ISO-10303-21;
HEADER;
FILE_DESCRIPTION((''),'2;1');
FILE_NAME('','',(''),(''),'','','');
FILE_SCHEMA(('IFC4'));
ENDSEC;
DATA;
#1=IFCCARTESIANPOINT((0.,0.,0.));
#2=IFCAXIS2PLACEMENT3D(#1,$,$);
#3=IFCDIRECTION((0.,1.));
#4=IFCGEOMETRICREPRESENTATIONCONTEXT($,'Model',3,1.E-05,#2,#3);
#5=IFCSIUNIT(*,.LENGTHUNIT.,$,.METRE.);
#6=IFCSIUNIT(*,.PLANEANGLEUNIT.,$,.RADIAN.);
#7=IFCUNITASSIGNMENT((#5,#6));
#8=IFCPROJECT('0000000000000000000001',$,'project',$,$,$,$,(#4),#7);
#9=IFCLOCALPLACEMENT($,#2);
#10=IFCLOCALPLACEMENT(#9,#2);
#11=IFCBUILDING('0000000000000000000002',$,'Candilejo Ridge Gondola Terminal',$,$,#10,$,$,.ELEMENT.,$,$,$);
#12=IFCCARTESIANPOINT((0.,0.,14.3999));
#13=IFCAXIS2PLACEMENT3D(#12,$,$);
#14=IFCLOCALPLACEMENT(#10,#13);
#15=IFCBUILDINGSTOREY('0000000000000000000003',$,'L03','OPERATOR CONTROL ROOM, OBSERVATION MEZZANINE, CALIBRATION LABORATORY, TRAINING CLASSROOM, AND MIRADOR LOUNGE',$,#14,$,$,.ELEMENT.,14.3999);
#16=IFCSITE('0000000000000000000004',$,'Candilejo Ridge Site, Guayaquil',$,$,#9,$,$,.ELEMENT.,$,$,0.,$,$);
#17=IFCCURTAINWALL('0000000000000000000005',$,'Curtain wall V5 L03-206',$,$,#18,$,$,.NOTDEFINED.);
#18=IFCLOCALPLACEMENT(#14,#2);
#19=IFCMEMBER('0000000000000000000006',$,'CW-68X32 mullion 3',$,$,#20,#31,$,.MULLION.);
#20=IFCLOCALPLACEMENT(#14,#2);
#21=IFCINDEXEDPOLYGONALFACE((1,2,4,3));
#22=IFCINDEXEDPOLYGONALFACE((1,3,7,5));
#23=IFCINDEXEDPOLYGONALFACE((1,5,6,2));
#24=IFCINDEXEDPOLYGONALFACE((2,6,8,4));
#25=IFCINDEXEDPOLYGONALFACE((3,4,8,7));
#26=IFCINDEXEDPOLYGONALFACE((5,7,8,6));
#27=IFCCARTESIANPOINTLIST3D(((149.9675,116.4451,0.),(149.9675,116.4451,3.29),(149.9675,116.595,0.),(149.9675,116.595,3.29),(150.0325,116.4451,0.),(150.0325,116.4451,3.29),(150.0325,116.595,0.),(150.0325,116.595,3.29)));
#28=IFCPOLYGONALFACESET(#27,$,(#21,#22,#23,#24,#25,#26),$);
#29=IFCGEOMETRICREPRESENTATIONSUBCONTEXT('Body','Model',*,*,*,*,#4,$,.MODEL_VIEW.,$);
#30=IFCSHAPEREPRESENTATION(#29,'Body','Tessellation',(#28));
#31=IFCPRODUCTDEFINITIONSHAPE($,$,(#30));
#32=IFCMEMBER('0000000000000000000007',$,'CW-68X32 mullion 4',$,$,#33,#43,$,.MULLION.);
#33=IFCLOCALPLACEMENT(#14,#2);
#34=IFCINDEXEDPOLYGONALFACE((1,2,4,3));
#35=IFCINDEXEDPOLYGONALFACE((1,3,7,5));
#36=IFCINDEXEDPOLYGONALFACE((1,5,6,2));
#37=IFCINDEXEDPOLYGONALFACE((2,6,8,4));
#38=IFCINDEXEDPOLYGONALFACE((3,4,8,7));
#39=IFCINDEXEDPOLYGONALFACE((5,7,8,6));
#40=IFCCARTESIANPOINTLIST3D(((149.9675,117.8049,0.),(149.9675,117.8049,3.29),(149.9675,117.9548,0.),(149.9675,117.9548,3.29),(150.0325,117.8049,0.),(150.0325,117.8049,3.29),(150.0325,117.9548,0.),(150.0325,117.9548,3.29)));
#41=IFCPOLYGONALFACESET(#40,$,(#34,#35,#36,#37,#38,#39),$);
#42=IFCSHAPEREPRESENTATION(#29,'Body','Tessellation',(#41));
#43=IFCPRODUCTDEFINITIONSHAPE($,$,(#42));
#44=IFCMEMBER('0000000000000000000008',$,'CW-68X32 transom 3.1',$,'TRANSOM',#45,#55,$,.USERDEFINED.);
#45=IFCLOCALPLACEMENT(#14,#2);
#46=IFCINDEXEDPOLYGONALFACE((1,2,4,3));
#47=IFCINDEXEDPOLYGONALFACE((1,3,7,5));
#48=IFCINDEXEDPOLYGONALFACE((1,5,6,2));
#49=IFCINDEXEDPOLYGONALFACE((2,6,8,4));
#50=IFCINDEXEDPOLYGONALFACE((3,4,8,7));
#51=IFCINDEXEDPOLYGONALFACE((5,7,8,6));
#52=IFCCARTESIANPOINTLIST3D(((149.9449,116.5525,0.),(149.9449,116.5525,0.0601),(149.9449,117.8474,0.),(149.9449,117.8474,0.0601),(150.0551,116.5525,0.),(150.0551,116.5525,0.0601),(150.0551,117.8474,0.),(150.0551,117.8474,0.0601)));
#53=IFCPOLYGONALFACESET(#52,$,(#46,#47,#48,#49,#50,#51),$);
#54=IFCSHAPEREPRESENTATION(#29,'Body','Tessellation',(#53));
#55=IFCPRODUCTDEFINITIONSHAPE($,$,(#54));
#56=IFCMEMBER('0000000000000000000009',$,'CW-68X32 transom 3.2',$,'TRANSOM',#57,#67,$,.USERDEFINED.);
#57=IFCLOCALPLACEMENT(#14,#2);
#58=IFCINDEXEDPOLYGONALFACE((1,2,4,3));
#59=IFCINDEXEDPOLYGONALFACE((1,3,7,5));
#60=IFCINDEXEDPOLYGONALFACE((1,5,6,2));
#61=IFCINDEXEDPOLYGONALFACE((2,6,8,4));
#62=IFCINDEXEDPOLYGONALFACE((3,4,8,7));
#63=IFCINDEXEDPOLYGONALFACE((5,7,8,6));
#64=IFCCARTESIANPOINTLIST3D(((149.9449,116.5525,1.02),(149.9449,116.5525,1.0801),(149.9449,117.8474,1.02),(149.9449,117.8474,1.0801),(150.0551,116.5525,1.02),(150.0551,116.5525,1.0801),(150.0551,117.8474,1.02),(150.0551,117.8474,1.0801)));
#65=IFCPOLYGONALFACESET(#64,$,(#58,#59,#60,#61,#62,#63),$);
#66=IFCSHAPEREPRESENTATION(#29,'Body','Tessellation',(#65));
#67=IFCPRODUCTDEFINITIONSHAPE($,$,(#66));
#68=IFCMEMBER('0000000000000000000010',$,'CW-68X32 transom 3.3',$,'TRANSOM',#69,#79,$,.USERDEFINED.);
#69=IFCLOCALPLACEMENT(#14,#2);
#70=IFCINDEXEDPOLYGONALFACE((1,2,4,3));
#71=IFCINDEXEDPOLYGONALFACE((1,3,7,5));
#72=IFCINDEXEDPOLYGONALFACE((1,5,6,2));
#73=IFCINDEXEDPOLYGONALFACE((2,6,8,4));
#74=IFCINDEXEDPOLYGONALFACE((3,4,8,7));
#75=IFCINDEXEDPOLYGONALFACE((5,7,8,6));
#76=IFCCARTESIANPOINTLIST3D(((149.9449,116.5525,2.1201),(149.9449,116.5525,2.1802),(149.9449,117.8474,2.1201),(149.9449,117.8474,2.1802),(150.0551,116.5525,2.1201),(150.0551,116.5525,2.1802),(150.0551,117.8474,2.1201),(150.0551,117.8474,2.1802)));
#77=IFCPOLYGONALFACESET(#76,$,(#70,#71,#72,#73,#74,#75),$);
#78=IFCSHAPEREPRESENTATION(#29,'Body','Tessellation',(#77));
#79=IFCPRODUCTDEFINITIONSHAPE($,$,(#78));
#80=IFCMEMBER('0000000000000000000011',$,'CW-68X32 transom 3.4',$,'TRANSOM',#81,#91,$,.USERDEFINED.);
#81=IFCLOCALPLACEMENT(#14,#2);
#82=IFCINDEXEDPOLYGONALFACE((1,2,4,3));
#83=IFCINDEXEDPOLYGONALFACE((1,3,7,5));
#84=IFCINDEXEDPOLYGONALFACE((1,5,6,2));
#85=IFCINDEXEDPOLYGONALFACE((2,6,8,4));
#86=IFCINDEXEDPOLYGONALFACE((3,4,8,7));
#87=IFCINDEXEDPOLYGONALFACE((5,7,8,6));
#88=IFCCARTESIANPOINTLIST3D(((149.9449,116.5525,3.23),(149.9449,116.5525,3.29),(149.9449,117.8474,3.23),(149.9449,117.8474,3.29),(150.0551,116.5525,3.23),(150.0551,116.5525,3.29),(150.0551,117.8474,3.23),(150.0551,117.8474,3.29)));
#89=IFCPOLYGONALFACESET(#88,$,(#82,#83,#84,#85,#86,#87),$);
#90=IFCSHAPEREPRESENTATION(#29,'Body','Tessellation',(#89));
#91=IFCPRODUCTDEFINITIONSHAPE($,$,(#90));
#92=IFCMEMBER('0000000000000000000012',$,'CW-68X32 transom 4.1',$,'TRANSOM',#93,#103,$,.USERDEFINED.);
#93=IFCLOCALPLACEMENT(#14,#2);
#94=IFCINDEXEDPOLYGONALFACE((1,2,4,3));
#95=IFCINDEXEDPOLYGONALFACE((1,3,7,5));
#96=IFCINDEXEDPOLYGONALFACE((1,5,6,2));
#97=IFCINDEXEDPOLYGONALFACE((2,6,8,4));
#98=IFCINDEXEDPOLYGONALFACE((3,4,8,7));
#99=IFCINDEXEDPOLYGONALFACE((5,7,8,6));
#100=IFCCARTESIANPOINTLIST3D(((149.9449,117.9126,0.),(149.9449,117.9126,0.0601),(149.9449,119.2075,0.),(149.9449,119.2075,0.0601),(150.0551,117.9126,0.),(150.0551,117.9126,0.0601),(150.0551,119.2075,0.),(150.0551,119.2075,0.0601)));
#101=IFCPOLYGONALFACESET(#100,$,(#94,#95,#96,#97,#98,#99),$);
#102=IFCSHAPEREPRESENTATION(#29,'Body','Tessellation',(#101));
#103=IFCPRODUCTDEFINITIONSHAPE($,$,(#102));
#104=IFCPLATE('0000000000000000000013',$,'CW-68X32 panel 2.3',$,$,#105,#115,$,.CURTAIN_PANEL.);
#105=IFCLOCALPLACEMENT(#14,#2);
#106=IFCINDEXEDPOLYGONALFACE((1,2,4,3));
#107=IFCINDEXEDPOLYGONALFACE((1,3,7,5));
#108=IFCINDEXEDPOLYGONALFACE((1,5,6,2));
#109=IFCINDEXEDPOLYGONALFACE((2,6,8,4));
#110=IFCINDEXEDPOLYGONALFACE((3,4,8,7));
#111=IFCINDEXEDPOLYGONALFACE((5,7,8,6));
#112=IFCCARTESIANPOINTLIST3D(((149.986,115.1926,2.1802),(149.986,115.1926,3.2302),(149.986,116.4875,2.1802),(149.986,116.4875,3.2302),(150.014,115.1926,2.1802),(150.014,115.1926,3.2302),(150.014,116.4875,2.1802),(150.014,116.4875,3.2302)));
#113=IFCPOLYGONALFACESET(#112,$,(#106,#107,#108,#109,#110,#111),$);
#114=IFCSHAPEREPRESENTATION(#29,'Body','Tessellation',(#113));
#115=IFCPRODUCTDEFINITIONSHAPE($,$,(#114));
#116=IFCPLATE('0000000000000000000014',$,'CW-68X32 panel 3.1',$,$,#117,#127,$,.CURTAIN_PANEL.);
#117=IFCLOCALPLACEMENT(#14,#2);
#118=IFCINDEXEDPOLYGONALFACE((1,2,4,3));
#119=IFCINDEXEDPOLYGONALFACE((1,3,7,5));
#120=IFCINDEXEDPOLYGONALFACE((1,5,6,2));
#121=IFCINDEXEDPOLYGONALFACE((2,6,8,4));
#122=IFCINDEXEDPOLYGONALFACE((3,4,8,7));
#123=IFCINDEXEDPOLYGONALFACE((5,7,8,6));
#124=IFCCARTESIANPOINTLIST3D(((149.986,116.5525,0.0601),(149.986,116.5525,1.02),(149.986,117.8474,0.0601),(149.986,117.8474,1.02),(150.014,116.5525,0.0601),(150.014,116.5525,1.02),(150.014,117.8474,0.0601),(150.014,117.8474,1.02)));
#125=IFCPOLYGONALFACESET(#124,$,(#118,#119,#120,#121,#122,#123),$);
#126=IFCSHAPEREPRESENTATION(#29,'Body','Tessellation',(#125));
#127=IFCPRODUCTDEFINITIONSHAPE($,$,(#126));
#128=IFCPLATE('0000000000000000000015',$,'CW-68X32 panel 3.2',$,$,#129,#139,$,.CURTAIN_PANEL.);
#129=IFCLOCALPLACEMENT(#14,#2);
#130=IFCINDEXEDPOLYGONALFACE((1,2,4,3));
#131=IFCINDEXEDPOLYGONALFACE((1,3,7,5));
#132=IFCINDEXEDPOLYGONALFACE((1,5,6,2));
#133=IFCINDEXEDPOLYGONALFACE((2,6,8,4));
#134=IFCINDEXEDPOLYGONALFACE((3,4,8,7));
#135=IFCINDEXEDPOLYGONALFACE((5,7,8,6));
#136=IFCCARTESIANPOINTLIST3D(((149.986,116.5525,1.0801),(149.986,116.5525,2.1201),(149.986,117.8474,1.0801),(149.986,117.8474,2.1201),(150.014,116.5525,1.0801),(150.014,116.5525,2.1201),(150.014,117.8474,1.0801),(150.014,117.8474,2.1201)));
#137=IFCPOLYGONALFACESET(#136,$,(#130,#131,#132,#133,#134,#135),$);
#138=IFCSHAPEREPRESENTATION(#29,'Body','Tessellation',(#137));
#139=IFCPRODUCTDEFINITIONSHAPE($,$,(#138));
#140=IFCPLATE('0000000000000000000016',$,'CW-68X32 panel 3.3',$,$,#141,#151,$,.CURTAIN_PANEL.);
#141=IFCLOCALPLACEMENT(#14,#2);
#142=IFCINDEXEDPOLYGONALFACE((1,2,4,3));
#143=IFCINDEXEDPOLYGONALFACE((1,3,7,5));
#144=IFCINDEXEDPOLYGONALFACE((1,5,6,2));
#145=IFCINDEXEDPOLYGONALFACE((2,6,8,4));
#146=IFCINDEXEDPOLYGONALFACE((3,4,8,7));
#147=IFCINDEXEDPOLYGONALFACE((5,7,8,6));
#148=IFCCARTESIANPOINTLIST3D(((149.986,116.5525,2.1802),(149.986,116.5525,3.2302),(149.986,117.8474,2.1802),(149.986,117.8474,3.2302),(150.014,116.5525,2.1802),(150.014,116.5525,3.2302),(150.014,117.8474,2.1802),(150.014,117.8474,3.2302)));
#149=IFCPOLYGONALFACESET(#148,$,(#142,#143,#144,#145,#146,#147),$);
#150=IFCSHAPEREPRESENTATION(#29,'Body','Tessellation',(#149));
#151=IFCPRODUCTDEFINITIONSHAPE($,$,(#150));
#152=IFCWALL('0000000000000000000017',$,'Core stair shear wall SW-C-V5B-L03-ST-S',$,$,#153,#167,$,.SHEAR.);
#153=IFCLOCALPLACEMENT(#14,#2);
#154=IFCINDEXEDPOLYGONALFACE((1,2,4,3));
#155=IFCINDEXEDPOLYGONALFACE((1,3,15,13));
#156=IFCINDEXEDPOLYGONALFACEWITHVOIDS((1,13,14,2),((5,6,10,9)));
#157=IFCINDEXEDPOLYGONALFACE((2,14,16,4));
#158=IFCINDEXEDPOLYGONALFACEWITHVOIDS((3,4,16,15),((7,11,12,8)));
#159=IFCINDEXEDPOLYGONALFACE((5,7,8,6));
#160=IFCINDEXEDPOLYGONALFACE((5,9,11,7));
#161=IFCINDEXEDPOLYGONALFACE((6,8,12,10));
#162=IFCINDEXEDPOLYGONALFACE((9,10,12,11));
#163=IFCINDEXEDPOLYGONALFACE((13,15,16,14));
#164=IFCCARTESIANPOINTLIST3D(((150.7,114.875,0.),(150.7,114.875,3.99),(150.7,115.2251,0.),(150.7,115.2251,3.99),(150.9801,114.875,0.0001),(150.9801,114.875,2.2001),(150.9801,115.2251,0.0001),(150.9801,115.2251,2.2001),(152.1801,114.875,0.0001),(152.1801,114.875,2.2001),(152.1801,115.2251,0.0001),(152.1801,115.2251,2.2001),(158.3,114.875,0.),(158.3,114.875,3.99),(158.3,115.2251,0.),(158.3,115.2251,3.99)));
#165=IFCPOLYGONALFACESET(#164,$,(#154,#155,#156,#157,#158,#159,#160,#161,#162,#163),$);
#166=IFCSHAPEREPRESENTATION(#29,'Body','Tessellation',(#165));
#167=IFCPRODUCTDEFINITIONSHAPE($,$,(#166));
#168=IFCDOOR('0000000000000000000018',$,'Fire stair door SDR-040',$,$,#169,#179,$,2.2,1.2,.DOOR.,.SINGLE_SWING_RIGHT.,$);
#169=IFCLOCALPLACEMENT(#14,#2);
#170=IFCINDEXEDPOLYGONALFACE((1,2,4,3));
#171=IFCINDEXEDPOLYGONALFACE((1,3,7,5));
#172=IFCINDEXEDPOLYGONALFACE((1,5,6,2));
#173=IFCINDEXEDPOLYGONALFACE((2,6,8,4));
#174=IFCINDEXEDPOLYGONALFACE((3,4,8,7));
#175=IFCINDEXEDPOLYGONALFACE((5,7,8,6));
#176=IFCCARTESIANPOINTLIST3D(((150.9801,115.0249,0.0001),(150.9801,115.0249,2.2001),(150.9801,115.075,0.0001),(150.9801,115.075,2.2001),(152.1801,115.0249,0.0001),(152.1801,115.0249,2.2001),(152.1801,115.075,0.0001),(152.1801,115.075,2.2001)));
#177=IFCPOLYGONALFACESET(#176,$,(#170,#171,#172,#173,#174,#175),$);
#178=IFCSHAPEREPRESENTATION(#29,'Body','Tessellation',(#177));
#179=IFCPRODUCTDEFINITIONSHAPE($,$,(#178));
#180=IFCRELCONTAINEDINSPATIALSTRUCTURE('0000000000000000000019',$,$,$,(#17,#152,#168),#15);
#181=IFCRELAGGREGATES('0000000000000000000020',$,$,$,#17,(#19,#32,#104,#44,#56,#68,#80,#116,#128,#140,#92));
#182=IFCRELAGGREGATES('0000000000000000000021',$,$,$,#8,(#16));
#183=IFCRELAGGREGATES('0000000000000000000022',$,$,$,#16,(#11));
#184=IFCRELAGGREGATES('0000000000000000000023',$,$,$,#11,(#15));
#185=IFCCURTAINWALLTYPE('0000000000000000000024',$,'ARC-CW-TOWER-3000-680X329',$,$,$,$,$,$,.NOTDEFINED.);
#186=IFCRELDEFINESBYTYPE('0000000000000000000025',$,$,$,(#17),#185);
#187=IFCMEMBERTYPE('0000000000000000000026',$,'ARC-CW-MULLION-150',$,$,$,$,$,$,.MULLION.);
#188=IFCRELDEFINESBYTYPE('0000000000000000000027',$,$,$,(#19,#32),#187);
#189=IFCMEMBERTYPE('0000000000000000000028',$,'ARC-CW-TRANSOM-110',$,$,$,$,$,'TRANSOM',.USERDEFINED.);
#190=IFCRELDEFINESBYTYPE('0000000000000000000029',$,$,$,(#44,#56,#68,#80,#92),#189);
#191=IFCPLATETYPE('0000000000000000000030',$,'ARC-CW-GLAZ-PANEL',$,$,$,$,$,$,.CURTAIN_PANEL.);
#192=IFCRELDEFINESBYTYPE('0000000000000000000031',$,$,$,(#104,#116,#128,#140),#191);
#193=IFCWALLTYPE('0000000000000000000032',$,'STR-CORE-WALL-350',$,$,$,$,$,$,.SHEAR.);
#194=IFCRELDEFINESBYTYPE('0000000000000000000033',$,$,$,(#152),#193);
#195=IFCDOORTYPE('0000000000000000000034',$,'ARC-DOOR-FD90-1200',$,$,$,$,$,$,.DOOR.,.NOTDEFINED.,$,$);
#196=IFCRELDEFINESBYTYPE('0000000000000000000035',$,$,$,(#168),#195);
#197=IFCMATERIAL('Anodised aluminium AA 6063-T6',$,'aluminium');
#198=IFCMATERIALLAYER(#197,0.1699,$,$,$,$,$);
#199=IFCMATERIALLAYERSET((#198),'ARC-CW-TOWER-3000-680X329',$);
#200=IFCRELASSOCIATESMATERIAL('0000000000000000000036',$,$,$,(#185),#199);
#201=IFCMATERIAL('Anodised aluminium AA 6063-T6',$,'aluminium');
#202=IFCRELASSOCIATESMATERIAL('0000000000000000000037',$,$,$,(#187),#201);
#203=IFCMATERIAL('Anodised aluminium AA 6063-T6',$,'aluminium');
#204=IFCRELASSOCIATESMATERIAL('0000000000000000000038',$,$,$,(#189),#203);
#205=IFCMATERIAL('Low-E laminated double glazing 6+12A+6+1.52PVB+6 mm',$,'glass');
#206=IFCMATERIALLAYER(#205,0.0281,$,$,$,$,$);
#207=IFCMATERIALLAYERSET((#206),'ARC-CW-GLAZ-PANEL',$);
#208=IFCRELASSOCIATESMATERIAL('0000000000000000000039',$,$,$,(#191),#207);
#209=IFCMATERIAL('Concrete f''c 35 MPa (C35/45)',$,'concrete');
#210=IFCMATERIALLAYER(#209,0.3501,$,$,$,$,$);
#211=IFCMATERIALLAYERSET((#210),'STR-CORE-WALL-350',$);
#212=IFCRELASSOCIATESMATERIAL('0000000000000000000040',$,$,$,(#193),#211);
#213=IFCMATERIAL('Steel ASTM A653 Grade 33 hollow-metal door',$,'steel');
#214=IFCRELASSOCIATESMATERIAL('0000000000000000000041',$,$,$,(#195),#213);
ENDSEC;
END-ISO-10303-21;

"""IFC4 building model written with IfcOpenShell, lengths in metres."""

from ifc_helpers import new_model, si_unit, direction, frame, frame_2d, origin, origin_2d, place, context, subcontext, project, spatial, rectangle, extrude, material, layer, layer_set, material_profile, profile_set, type_object, element, fill, aggregate, save


model = new_model("IFC4")

# Units and contexts
model_context = context("Model", 3, precision=1e-05, world=origin(), true_north=direction((0.0, 1.0)))
body_context = subcontext(model_context, "Body", "Model", "MODEL_VIEW")
ifc_project = project(units=[si_unit("LENGTHUNIT", "METRE"), si_unit("PLANEANGLEUNIT", "RADIAN")], contexts=[model_context])

# Site, building, storey
site_placement = place(None, origin())
site = spatial("IfcSite", under=ifc_project, at=site_placement, Name="Candilejo Ridge Site, Guayaquil", CompositionType="ELEMENT", RefElevation=0.0)
building_placement = place(site_placement, origin())
building = spatial("IfcBuilding", under=site, at=building_placement, Name="Candilejo Ridge Gondola Terminal", CompositionType="ELEMENT")
storey_placement = place(building_placement, frame((0.0, 0.0, 14.3999)))
storey = spatial("IfcBuildingStorey", under=building, at=storey_placement, Name="L03", Description="OPERATOR CONTROL ROOM, OBSERVATION MEZZANINE, CALIBRATION LABORATORY, TRAINING CLASSROOM, AND MIRADOR LOUNGE", CompositionType="ELEMENT", Elevation=14.3999)

# Curtain wall, members, plates
ifc_material_1 = material(Name="Anodised aluminium AA 6063-T6", Category="aluminium")
ifc_layer_1 = layer(ifc_material_1, 0.1699)
ifc_layer_set_1 = layer_set([ifc_layer_1], Name="ARC-CW-TOWER-3000-680X329")
curtain_wall_type = type_object("IfcCurtainWallType", Name="ARC-CW-TOWER-3000-680X329", PredefinedType="NOTDEFINED", material=ifc_layer_set_1)
curtain_wall_placement = place(storey_placement, origin())
curtain_wall = element("IfcCurtainWall", 1, at=curtain_wall_placement, inside=storey, type_object=curtain_wall_type, Name="Curtain wall V5 L03-206", PredefinedType="NOTDEFINED")
ifc_material_2 = material(Name="Anodised aluminium AA 6063-T6", Category="aluminium")
ifc_material_profile_1 = material_profile(ifc_material_2, rectangle(XDim=0.0649, YDim=0.1499, at=origin_2d()))
ifc_profile_set_1 = profile_set([ifc_material_profile_1], Name="Anodised aluminium AA 6063-T6")
member_type_1 = type_object("IfcMemberType", Name="ARC-CW-MULLION-150", PredefinedType="MULLION", material=ifc_profile_set_1)
member_1_placement = place(storey_placement, frame((150.0, 116.52, 0.0), z_axis=(0.0, 0.0, 1.0), x_axis=(-1.0, 0.0, 0.0)))
member_1 = element("IfcMember", 2, at=member_1_placement, type_object=member_type_1, Name="CW-68X32 mullion 3", PredefinedType="MULLION", context=body_context, shape_type="SweptSolid", body=[
    extrude(rectangle(XDim=0.0649, YDim=0.1499, at=origin_2d()), origin(), (0.0, 0.0, 1.0), 3.29),
])
member_2_placement = place(storey_placement, frame((150.0, 117.8799, 0.0), z_axis=(0.0, 0.0, 1.0), x_axis=(-1.0, 0.0, 0.0)))
member_2 = element("IfcMember", 3, at=member_2_placement, type_object=member_type_1, Name="CW-68X32 mullion 4", PredefinedType="MULLION", context=body_context, shape_type="SweptSolid", body=[
    extrude(rectangle(XDim=0.0649, YDim=0.1499, at=origin_2d()), origin(), (0.0, 0.0, 1.0), 3.29),
])
ifc_material_3 = material(Name="Anodised aluminium AA 6063-T6", Category="aluminium")
ifc_material_profile_2 = material_profile(ifc_material_3, rectangle(XDim=0.1101, YDim=0.0601, at=origin_2d()))
ifc_profile_set_2 = profile_set([ifc_material_profile_2], Name="Anodised aluminium AA 6063-T6")
member_type_2 = type_object("IfcMemberType", Name="ARC-CW-TRANSOM-110", ElementType="TRANSOM", PredefinedType="USERDEFINED", material=ifc_profile_set_2)
member_3_placement = place(storey_placement, frame((150.0, 116.5525, 0.03), z_axis=(0.0, 1.0, 0.0), x_axis=(-1.0, 0.0, 0.0)))
member_3 = element("IfcMember", 4, at=member_3_placement, type_object=member_type_2, Name="CW-68X32 transom 3.1", ObjectType="TRANSOM", PredefinedType="USERDEFINED", context=body_context, shape_type="SweptSolid", body=[
    extrude(rectangle(XDim=0.1101, YDim=0.0601, at=origin_2d()), origin(), (0.0, 0.0, 1.0), 1.2949),
])
member_4_placement = place(storey_placement, frame((150.0, 116.5525, 1.05), z_axis=(0.0, 1.0, 0.0), x_axis=(-1.0, 0.0, 0.0)))
member_4 = element("IfcMember", 5, at=member_4_placement, type_object=member_type_2, Name="CW-68X32 transom 3.2", ObjectType="TRANSOM", PredefinedType="USERDEFINED", context=body_context, shape_type="SweptSolid", body=[
    extrude(rectangle(XDim=0.1101, YDim=0.0601, at=origin_2d()), origin(), (0.0, 0.0, 1.0), 1.2949),
])
member_5_placement = place(storey_placement, frame((150.0, 116.5525, 2.1501), z_axis=(0.0, 1.0, 0.0), x_axis=(-1.0, 0.0, 0.0)))
member_5 = element("IfcMember", 6, at=member_5_placement, type_object=member_type_2, Name="CW-68X32 transom 3.3", ObjectType="TRANSOM", PredefinedType="USERDEFINED", context=body_context, shape_type="SweptSolid", body=[
    extrude(rectangle(XDim=0.1101, YDim=0.0601, at=origin_2d()), origin(), (0.0, 0.0, 1.0), 1.2949),
])
member_6_placement = place(storey_placement, frame((150.0, 116.5525, 3.26), z_axis=(0.0, 1.0, 0.0), x_axis=(-1.0, 0.0, 0.0)))
member_6 = element("IfcMember", 7, at=member_6_placement, type_object=member_type_2, Name="CW-68X32 transom 3.4", ObjectType="TRANSOM", PredefinedType="USERDEFINED", context=body_context, shape_type="SweptSolid", body=[
    extrude(rectangle(XDim=0.1101, YDim=0.0601, at=origin_2d()), origin(), (0.0, 0.0, 1.0), 1.2949),
])
member_7_placement = place(storey_placement, frame((150.0, 117.9126, 0.03), z_axis=(0.0, 1.0, 0.0), x_axis=(-1.0, 0.0, 0.0)))
member_7 = element("IfcMember", 8, at=member_7_placement, type_object=member_type_2, Name="CW-68X32 transom 4.1", ObjectType="TRANSOM", PredefinedType="USERDEFINED", context=body_context, shape_type="SweptSolid", body=[
    extrude(rectangle(XDim=0.1101, YDim=0.0601, at=origin_2d()), origin(), (0.0, 0.0, 1.0), 1.2949),
])
ifc_material_4 = material(Name="Low-E laminated double glazing 6+12A+6+1.52PVB+6 mm", Category="glass")
ifc_layer_2 = layer(ifc_material_4, 0.0281)
ifc_layer_set_2 = layer_set([ifc_layer_2], Name="ARC-CW-GLAZ-PANEL")
plate_type = type_object("IfcPlateType", Name="ARC-CW-GLAZ-PANEL", PredefinedType="CURTAIN_PANEL", material=ifc_layer_set_2)
plate_1_placement = place(storey_placement, frame((150.0, 115.8401, 2.1802), z_axis=(0.0, 0.0, 1.0), x_axis=(0.0, 1.0, 0.0)))
plate_1 = element("IfcPlate", 9, at=plate_1_placement, type_object=plate_type, Name="CW-68X32 panel 2.3", PredefinedType="CURTAIN_PANEL", context=body_context, shape_type="SweptSolid", body=[
    extrude(rectangle(XDim=1.2949, YDim=0.0281, at=origin_2d()), origin(), (0.0, 0.0, 1.0), 1.05),
])
plate_2_placement = place(storey_placement, frame((150.0, 117.2, 0.0601), z_axis=(0.0, 0.0, 1.0), x_axis=(0.0, 1.0, 0.0)))
plate_2 = element("IfcPlate", 10, at=plate_2_placement, type_object=plate_type, Name="CW-68X32 panel 3.1", PredefinedType="CURTAIN_PANEL", context=body_context, shape_type="SweptSolid", body=[
    extrude(rectangle(XDim=1.2949, YDim=0.0281, at=origin_2d()), origin(), (0.0, 0.0, 1.0), 0.96),
])
plate_3_placement = place(storey_placement, frame((150.0, 117.2, 1.0801), z_axis=(0.0, 0.0, 1.0), x_axis=(0.0, 1.0, 0.0)))
plate_3 = element("IfcPlate", 11, at=plate_3_placement, type_object=plate_type, Name="CW-68X32 panel 3.2", PredefinedType="CURTAIN_PANEL", context=body_context, shape_type="SweptSolid", body=[
    extrude(rectangle(XDim=1.2949, YDim=0.0281, at=origin_2d()), origin(), (0.0, 0.0, 1.0), 1.04),
])
plate_4_placement = place(storey_placement, frame((150.0, 117.2, 2.1802), z_axis=(0.0, 0.0, 1.0), x_axis=(0.0, 1.0, 0.0)))
plate_4 = element("IfcPlate", 12, at=plate_4_placement, type_object=plate_type, Name="CW-68X32 panel 3.3", PredefinedType="CURTAIN_PANEL", context=body_context, shape_type="SweptSolid", body=[
    extrude(rectangle(XDim=1.2949, YDim=0.0281, at=origin_2d()), origin(), (0.0, 0.0, 1.0), 1.05),
])
aggregate(curtain_wall, [member_1, member_2, plate_1, member_3, member_4, member_5, member_6, plate_2, plate_3, plate_4, member_7])

# Wall, opening, door
ifc_material_5 = material(Name="Concrete f'c 35 MPa (C35/45)", Category="concrete")
ifc_layer_3 = layer(ifc_material_5, 0.3501)
ifc_layer_set_3 = layer_set([ifc_layer_3], Name="STR-CORE-WALL-350")
wall_type = type_object("IfcWallType", Name="STR-CORE-WALL-350", PredefinedType="SHEAR", material=ifc_layer_set_3)
wall_1_placement = place(storey_placement, frame((150.7, 115.05, 0.0), z_axis=(0.0, 0.0, 1.0), x_axis=(1.0, 0.0, 0.0)))
wall_1 = element("IfcWall", 13, at=wall_1_placement, inside=storey, type_object=wall_type, Name="Core stair shear wall SW-C-V5B-L03-ST-S", PredefinedType="SHEAR", context=body_context, shape_type="SweptSolid", body=[
    extrude(rectangle(XDim=7.6001, YDim=0.3501, at=frame_2d((3.8, 0.0))), origin(), (0.0, 0.0, 1.0), 3.99),
])
opening_1_placement = place(wall_1_placement, frame((0.28, 0.0, 0.0)))
opening_1 = element("IfcOpeningElement", 14, at=opening_1_placement, cuts=wall_1, PredefinedType="OPENING", context=body_context, shape_type="SweptSolid", body=[
    extrude(rectangle(XDim=1.2, YDim=2.2, at=frame_2d((0.6001, 1.1001))), frame((0.0, 0.1851, 0.0), z_axis=(0.0, -1.0, 0.0), x_axis=(1.0, 0.0, 0.0)), (0.0, 0.0, 1.0), 0.3701),
])
ifc_material_6 = material(Name="Steel ASTM A653 Grade 33 hollow-metal door", Category="steel")
door_type_1 = type_object("IfcDoorType", Name="ARC-DOOR-FD90-1200", OperationType="NOTDEFINED", PredefinedType="DOOR", material=ifc_material_6)
door_1_placement = place(opening_1_placement, origin())
door_1 = element("IfcDoor", 15, at=door_1_placement, inside=storey, type_object=door_type_1, Name="Fire stair door SDR-040", OperationType="SINGLE_SWING_RIGHT", OverallHeight=2.2, OverallWidth=1.2, PredefinedType="DOOR", context=body_context, shape_type="SweptSolid", body=[
    extrude(rectangle(XDim=1.2, YDim=2.2, at=frame_2d((0.6001, 1.1001))), frame((0.0, 0.0249, 0.0), z_axis=(0.0, -1.0, 0.0), x_axis=(1.0, 0.0, 0.0)), (0.0, 0.0, 1.0), 0.05),
])
fill(opening_1, door_1)

save(model, "model.ifc")
